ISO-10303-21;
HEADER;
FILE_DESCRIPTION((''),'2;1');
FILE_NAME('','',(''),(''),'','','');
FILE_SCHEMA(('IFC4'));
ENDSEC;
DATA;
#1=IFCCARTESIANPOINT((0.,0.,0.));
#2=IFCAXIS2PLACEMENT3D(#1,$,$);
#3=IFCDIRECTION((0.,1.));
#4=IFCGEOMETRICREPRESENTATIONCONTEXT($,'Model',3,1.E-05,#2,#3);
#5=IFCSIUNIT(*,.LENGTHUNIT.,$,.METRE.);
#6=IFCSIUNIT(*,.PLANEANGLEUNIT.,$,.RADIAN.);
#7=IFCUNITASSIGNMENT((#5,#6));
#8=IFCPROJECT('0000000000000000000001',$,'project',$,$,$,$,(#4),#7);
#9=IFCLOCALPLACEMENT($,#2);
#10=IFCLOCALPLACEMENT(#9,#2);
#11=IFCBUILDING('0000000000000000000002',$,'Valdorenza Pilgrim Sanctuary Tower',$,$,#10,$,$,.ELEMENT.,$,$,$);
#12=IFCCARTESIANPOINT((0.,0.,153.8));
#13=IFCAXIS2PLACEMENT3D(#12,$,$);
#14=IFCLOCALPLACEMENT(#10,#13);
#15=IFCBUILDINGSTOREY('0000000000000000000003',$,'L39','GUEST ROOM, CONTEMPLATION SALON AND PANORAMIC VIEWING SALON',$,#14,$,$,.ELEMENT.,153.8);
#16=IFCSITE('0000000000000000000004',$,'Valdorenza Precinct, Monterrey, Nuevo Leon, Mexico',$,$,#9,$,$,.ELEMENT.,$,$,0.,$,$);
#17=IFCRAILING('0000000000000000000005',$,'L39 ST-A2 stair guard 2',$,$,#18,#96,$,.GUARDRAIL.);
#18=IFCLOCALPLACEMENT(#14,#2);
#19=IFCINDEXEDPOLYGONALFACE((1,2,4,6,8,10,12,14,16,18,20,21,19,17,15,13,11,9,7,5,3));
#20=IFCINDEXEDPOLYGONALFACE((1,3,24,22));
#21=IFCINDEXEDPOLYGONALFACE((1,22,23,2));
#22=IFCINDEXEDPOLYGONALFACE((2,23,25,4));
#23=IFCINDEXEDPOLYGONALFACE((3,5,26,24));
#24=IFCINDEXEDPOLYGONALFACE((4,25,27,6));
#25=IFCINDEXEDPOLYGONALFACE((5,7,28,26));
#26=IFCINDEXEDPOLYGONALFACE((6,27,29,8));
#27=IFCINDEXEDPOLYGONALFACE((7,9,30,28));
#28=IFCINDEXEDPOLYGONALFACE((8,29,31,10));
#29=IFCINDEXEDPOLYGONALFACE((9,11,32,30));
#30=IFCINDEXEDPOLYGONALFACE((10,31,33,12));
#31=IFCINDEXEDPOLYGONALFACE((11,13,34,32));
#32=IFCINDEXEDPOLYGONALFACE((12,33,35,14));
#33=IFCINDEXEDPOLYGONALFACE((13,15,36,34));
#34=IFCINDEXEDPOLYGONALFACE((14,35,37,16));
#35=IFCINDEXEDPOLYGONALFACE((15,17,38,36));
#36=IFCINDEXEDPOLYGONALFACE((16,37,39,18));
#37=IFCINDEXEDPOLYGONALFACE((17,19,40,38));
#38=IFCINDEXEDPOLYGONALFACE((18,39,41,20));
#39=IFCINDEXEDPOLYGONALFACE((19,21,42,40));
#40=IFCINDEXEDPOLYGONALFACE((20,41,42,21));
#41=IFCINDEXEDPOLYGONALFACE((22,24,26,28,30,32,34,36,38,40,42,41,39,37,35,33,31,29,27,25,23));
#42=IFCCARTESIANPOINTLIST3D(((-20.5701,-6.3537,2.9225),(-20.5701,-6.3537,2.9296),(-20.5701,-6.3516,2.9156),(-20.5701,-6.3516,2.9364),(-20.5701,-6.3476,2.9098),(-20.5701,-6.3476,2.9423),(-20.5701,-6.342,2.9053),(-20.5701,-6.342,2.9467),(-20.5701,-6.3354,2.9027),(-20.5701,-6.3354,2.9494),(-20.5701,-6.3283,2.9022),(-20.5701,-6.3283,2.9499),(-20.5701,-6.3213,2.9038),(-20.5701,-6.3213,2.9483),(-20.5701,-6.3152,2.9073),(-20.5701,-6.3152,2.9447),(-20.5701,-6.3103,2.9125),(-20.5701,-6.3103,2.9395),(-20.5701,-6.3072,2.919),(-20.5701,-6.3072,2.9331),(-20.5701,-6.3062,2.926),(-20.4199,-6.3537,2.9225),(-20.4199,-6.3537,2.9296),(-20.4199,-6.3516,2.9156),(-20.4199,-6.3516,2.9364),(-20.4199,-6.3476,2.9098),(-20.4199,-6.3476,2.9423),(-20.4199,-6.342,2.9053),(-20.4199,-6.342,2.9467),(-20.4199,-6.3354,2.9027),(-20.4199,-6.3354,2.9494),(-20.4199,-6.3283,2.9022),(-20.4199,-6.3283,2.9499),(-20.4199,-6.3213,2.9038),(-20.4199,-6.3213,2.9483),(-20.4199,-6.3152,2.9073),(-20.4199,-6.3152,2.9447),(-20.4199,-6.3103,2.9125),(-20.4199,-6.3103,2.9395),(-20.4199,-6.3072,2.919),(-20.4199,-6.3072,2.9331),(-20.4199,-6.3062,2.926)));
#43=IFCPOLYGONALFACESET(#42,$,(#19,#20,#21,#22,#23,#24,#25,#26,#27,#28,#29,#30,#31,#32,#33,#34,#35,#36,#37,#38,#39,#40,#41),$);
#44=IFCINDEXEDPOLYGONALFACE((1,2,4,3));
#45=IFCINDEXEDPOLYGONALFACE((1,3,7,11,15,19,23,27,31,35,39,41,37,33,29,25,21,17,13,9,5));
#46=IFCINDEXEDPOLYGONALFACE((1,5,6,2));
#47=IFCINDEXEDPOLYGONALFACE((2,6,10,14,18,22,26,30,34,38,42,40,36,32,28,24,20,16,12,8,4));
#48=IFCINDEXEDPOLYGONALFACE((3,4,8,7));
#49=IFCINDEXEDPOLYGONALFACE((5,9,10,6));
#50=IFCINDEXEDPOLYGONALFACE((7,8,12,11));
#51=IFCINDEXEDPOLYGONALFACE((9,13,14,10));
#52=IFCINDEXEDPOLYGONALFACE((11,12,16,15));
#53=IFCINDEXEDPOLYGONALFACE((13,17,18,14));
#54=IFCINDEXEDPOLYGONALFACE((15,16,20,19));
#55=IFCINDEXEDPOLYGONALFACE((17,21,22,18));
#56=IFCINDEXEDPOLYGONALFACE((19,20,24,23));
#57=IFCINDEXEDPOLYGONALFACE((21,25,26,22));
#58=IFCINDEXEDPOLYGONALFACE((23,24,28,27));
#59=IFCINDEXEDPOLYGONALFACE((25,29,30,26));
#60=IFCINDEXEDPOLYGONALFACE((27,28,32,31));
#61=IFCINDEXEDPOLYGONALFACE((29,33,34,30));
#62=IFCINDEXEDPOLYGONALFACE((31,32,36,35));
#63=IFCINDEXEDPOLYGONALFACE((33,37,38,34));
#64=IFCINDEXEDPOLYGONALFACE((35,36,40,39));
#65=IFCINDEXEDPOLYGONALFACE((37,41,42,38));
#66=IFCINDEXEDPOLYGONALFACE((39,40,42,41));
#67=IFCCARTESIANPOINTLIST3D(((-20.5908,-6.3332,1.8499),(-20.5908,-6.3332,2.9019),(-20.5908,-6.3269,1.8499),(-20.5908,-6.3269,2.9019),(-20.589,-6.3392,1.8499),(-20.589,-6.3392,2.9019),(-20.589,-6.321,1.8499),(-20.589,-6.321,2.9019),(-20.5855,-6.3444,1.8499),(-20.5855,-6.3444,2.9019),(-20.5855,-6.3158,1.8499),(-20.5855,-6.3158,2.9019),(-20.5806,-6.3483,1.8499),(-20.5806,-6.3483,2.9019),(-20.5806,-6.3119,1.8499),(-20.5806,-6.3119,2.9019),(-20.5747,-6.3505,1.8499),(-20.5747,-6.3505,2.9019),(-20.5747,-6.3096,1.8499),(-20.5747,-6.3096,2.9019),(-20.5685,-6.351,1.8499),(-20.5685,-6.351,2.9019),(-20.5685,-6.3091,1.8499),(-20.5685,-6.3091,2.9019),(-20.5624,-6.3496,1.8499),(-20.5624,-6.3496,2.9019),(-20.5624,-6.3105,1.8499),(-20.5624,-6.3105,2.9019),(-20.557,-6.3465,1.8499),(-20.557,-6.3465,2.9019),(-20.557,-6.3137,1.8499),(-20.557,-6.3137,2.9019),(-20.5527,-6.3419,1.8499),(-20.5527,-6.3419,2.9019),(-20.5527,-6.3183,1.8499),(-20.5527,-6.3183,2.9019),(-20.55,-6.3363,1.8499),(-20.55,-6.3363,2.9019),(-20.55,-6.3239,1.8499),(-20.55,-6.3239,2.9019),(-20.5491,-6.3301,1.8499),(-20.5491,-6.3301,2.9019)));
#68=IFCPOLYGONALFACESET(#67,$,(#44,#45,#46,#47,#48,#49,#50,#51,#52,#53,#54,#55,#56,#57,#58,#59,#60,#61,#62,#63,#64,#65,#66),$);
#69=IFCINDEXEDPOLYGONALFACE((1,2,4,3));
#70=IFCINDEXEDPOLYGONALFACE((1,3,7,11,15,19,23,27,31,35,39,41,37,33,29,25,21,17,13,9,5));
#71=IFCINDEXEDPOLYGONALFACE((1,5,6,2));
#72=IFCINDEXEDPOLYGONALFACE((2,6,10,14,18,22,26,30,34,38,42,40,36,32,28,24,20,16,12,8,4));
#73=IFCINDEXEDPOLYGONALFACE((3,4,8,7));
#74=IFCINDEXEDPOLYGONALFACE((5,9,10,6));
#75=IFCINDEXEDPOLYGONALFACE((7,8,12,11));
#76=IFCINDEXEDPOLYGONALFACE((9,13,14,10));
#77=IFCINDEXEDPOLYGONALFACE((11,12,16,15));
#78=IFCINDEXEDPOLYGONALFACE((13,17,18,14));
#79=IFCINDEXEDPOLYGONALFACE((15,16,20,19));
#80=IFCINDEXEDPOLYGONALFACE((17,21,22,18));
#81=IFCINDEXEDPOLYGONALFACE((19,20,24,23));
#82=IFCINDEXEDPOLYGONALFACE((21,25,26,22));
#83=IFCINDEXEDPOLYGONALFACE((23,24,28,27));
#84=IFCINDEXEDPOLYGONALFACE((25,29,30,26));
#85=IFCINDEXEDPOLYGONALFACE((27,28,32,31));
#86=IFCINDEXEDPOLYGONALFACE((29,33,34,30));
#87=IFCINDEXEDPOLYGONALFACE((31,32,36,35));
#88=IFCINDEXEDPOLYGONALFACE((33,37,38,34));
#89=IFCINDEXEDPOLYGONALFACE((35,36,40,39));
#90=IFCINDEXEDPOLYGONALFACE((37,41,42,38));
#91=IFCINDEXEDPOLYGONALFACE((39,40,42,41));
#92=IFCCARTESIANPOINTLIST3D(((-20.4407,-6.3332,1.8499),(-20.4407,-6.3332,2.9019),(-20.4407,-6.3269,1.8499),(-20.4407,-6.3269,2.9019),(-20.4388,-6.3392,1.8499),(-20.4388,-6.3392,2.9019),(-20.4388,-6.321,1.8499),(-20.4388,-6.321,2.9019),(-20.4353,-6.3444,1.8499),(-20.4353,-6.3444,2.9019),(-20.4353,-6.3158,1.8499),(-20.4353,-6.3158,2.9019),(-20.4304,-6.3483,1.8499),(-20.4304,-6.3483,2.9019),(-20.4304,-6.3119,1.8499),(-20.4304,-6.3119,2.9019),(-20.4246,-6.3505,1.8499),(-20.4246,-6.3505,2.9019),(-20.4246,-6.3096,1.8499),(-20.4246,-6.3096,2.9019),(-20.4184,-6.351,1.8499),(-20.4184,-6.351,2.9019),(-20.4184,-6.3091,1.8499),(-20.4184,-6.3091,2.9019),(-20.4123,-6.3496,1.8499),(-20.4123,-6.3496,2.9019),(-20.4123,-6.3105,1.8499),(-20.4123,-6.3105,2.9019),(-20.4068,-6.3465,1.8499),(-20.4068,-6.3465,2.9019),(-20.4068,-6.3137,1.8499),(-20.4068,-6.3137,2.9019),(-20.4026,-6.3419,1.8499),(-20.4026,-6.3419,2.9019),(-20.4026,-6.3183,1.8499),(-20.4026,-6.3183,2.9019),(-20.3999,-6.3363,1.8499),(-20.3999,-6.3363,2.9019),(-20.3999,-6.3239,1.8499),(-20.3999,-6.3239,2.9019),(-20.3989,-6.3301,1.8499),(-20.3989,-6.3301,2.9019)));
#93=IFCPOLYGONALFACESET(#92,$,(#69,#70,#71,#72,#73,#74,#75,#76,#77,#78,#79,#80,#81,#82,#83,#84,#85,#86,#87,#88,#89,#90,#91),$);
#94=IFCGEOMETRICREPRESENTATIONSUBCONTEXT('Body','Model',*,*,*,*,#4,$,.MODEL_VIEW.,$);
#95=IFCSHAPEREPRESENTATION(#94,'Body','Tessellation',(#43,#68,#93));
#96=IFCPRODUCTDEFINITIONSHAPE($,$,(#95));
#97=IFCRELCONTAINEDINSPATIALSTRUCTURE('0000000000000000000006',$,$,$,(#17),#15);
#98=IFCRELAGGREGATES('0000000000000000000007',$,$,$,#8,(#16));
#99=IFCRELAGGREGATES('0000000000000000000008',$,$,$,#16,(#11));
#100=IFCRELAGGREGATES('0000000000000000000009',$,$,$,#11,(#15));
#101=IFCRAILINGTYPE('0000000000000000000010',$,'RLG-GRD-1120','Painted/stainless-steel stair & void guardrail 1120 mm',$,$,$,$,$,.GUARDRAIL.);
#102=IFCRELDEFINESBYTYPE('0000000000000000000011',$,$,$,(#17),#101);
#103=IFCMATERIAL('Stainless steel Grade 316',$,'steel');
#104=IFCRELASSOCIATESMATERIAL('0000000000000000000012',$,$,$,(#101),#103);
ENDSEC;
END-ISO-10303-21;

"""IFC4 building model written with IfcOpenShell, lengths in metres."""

from ifc_helpers import new_model, si_unit, direction, frame, origin, origin_2d, place, context, subcontext, project, spatial, circle, extrude, material, type_object, element, save


model = new_model("IFC4")

# Units and contexts
model_context = context("Model", 3, precision=1e-05, world=origin(), true_north=direction((0.0, 1.0)))
body_context = subcontext(model_context, "Body", "Model", "MODEL_VIEW")
ifc_project = project(units=[si_unit("LENGTHUNIT", "METRE"), si_unit("PLANEANGLEUNIT", "RADIAN")], contexts=[model_context])

# Site, building, storey
site_placement = place(None, origin())
site = spatial("IfcSite", under=ifc_project, at=site_placement, Name="Valdorenza Precinct, Monterrey, Nuevo Leon, Mexico", CompositionType="ELEMENT", RefElevation=0.0)
building_placement = place(site_placement, origin())
building = spatial("IfcBuilding", under=site, at=building_placement, Name="Valdorenza Pilgrim Sanctuary Tower", CompositionType="ELEMENT")
storey_placement = place(building_placement, frame((0.0, 0.0, 153.8)))
storey = spatial("IfcBuildingStorey", under=building, at=storey_placement, Name="L39", Description="GUEST ROOM, CONTEMPLATION SALON AND PANORAMIC VIEWING SALON", CompositionType="ELEMENT", Elevation=153.8)

# Railing
ifc_material_1 = material(Name="Stainless steel Grade 316", Category="steel")
railing_type_1 = type_object("IfcRailingType", Name="RLG-GRD-1120", Description="Painted/stainless-steel stair & void guardrail 1120 mm", PredefinedType="GUARDRAIL", material=ifc_material_1)
railing_1_placement = place(storey_placement, frame((-20.5701, -6.3301, 1.8499)))
element("IfcRailing", 1, at=railing_1_placement, inside=storey, type_object=railing_type_1, Name="L39 ST-A2 stair guard 2", PredefinedType="GUARDRAIL", context=body_context, shape_type="SweptSolid", body=[
    extrude(circle(Radius=0.0239, at=origin_2d()), frame((0.0, 0.0, 1.0762), z_axis=(1.0, 0.0, 0.0), x_axis=(0.0, 1.0, 0.0)), (0.0, 0.0, 1.0), 0.1501),
    extrude(circle(Radius=0.021, at=origin_2d()), origin(), (0.0, 0.0, 1.0), 1.052),
    extrude(circle(Radius=0.021, at=origin_2d()), frame((0.1501, 0.0, 0.0)), (0.0, 0.0, 1.0), 1.052),
])

save(model, "model.ifc")
